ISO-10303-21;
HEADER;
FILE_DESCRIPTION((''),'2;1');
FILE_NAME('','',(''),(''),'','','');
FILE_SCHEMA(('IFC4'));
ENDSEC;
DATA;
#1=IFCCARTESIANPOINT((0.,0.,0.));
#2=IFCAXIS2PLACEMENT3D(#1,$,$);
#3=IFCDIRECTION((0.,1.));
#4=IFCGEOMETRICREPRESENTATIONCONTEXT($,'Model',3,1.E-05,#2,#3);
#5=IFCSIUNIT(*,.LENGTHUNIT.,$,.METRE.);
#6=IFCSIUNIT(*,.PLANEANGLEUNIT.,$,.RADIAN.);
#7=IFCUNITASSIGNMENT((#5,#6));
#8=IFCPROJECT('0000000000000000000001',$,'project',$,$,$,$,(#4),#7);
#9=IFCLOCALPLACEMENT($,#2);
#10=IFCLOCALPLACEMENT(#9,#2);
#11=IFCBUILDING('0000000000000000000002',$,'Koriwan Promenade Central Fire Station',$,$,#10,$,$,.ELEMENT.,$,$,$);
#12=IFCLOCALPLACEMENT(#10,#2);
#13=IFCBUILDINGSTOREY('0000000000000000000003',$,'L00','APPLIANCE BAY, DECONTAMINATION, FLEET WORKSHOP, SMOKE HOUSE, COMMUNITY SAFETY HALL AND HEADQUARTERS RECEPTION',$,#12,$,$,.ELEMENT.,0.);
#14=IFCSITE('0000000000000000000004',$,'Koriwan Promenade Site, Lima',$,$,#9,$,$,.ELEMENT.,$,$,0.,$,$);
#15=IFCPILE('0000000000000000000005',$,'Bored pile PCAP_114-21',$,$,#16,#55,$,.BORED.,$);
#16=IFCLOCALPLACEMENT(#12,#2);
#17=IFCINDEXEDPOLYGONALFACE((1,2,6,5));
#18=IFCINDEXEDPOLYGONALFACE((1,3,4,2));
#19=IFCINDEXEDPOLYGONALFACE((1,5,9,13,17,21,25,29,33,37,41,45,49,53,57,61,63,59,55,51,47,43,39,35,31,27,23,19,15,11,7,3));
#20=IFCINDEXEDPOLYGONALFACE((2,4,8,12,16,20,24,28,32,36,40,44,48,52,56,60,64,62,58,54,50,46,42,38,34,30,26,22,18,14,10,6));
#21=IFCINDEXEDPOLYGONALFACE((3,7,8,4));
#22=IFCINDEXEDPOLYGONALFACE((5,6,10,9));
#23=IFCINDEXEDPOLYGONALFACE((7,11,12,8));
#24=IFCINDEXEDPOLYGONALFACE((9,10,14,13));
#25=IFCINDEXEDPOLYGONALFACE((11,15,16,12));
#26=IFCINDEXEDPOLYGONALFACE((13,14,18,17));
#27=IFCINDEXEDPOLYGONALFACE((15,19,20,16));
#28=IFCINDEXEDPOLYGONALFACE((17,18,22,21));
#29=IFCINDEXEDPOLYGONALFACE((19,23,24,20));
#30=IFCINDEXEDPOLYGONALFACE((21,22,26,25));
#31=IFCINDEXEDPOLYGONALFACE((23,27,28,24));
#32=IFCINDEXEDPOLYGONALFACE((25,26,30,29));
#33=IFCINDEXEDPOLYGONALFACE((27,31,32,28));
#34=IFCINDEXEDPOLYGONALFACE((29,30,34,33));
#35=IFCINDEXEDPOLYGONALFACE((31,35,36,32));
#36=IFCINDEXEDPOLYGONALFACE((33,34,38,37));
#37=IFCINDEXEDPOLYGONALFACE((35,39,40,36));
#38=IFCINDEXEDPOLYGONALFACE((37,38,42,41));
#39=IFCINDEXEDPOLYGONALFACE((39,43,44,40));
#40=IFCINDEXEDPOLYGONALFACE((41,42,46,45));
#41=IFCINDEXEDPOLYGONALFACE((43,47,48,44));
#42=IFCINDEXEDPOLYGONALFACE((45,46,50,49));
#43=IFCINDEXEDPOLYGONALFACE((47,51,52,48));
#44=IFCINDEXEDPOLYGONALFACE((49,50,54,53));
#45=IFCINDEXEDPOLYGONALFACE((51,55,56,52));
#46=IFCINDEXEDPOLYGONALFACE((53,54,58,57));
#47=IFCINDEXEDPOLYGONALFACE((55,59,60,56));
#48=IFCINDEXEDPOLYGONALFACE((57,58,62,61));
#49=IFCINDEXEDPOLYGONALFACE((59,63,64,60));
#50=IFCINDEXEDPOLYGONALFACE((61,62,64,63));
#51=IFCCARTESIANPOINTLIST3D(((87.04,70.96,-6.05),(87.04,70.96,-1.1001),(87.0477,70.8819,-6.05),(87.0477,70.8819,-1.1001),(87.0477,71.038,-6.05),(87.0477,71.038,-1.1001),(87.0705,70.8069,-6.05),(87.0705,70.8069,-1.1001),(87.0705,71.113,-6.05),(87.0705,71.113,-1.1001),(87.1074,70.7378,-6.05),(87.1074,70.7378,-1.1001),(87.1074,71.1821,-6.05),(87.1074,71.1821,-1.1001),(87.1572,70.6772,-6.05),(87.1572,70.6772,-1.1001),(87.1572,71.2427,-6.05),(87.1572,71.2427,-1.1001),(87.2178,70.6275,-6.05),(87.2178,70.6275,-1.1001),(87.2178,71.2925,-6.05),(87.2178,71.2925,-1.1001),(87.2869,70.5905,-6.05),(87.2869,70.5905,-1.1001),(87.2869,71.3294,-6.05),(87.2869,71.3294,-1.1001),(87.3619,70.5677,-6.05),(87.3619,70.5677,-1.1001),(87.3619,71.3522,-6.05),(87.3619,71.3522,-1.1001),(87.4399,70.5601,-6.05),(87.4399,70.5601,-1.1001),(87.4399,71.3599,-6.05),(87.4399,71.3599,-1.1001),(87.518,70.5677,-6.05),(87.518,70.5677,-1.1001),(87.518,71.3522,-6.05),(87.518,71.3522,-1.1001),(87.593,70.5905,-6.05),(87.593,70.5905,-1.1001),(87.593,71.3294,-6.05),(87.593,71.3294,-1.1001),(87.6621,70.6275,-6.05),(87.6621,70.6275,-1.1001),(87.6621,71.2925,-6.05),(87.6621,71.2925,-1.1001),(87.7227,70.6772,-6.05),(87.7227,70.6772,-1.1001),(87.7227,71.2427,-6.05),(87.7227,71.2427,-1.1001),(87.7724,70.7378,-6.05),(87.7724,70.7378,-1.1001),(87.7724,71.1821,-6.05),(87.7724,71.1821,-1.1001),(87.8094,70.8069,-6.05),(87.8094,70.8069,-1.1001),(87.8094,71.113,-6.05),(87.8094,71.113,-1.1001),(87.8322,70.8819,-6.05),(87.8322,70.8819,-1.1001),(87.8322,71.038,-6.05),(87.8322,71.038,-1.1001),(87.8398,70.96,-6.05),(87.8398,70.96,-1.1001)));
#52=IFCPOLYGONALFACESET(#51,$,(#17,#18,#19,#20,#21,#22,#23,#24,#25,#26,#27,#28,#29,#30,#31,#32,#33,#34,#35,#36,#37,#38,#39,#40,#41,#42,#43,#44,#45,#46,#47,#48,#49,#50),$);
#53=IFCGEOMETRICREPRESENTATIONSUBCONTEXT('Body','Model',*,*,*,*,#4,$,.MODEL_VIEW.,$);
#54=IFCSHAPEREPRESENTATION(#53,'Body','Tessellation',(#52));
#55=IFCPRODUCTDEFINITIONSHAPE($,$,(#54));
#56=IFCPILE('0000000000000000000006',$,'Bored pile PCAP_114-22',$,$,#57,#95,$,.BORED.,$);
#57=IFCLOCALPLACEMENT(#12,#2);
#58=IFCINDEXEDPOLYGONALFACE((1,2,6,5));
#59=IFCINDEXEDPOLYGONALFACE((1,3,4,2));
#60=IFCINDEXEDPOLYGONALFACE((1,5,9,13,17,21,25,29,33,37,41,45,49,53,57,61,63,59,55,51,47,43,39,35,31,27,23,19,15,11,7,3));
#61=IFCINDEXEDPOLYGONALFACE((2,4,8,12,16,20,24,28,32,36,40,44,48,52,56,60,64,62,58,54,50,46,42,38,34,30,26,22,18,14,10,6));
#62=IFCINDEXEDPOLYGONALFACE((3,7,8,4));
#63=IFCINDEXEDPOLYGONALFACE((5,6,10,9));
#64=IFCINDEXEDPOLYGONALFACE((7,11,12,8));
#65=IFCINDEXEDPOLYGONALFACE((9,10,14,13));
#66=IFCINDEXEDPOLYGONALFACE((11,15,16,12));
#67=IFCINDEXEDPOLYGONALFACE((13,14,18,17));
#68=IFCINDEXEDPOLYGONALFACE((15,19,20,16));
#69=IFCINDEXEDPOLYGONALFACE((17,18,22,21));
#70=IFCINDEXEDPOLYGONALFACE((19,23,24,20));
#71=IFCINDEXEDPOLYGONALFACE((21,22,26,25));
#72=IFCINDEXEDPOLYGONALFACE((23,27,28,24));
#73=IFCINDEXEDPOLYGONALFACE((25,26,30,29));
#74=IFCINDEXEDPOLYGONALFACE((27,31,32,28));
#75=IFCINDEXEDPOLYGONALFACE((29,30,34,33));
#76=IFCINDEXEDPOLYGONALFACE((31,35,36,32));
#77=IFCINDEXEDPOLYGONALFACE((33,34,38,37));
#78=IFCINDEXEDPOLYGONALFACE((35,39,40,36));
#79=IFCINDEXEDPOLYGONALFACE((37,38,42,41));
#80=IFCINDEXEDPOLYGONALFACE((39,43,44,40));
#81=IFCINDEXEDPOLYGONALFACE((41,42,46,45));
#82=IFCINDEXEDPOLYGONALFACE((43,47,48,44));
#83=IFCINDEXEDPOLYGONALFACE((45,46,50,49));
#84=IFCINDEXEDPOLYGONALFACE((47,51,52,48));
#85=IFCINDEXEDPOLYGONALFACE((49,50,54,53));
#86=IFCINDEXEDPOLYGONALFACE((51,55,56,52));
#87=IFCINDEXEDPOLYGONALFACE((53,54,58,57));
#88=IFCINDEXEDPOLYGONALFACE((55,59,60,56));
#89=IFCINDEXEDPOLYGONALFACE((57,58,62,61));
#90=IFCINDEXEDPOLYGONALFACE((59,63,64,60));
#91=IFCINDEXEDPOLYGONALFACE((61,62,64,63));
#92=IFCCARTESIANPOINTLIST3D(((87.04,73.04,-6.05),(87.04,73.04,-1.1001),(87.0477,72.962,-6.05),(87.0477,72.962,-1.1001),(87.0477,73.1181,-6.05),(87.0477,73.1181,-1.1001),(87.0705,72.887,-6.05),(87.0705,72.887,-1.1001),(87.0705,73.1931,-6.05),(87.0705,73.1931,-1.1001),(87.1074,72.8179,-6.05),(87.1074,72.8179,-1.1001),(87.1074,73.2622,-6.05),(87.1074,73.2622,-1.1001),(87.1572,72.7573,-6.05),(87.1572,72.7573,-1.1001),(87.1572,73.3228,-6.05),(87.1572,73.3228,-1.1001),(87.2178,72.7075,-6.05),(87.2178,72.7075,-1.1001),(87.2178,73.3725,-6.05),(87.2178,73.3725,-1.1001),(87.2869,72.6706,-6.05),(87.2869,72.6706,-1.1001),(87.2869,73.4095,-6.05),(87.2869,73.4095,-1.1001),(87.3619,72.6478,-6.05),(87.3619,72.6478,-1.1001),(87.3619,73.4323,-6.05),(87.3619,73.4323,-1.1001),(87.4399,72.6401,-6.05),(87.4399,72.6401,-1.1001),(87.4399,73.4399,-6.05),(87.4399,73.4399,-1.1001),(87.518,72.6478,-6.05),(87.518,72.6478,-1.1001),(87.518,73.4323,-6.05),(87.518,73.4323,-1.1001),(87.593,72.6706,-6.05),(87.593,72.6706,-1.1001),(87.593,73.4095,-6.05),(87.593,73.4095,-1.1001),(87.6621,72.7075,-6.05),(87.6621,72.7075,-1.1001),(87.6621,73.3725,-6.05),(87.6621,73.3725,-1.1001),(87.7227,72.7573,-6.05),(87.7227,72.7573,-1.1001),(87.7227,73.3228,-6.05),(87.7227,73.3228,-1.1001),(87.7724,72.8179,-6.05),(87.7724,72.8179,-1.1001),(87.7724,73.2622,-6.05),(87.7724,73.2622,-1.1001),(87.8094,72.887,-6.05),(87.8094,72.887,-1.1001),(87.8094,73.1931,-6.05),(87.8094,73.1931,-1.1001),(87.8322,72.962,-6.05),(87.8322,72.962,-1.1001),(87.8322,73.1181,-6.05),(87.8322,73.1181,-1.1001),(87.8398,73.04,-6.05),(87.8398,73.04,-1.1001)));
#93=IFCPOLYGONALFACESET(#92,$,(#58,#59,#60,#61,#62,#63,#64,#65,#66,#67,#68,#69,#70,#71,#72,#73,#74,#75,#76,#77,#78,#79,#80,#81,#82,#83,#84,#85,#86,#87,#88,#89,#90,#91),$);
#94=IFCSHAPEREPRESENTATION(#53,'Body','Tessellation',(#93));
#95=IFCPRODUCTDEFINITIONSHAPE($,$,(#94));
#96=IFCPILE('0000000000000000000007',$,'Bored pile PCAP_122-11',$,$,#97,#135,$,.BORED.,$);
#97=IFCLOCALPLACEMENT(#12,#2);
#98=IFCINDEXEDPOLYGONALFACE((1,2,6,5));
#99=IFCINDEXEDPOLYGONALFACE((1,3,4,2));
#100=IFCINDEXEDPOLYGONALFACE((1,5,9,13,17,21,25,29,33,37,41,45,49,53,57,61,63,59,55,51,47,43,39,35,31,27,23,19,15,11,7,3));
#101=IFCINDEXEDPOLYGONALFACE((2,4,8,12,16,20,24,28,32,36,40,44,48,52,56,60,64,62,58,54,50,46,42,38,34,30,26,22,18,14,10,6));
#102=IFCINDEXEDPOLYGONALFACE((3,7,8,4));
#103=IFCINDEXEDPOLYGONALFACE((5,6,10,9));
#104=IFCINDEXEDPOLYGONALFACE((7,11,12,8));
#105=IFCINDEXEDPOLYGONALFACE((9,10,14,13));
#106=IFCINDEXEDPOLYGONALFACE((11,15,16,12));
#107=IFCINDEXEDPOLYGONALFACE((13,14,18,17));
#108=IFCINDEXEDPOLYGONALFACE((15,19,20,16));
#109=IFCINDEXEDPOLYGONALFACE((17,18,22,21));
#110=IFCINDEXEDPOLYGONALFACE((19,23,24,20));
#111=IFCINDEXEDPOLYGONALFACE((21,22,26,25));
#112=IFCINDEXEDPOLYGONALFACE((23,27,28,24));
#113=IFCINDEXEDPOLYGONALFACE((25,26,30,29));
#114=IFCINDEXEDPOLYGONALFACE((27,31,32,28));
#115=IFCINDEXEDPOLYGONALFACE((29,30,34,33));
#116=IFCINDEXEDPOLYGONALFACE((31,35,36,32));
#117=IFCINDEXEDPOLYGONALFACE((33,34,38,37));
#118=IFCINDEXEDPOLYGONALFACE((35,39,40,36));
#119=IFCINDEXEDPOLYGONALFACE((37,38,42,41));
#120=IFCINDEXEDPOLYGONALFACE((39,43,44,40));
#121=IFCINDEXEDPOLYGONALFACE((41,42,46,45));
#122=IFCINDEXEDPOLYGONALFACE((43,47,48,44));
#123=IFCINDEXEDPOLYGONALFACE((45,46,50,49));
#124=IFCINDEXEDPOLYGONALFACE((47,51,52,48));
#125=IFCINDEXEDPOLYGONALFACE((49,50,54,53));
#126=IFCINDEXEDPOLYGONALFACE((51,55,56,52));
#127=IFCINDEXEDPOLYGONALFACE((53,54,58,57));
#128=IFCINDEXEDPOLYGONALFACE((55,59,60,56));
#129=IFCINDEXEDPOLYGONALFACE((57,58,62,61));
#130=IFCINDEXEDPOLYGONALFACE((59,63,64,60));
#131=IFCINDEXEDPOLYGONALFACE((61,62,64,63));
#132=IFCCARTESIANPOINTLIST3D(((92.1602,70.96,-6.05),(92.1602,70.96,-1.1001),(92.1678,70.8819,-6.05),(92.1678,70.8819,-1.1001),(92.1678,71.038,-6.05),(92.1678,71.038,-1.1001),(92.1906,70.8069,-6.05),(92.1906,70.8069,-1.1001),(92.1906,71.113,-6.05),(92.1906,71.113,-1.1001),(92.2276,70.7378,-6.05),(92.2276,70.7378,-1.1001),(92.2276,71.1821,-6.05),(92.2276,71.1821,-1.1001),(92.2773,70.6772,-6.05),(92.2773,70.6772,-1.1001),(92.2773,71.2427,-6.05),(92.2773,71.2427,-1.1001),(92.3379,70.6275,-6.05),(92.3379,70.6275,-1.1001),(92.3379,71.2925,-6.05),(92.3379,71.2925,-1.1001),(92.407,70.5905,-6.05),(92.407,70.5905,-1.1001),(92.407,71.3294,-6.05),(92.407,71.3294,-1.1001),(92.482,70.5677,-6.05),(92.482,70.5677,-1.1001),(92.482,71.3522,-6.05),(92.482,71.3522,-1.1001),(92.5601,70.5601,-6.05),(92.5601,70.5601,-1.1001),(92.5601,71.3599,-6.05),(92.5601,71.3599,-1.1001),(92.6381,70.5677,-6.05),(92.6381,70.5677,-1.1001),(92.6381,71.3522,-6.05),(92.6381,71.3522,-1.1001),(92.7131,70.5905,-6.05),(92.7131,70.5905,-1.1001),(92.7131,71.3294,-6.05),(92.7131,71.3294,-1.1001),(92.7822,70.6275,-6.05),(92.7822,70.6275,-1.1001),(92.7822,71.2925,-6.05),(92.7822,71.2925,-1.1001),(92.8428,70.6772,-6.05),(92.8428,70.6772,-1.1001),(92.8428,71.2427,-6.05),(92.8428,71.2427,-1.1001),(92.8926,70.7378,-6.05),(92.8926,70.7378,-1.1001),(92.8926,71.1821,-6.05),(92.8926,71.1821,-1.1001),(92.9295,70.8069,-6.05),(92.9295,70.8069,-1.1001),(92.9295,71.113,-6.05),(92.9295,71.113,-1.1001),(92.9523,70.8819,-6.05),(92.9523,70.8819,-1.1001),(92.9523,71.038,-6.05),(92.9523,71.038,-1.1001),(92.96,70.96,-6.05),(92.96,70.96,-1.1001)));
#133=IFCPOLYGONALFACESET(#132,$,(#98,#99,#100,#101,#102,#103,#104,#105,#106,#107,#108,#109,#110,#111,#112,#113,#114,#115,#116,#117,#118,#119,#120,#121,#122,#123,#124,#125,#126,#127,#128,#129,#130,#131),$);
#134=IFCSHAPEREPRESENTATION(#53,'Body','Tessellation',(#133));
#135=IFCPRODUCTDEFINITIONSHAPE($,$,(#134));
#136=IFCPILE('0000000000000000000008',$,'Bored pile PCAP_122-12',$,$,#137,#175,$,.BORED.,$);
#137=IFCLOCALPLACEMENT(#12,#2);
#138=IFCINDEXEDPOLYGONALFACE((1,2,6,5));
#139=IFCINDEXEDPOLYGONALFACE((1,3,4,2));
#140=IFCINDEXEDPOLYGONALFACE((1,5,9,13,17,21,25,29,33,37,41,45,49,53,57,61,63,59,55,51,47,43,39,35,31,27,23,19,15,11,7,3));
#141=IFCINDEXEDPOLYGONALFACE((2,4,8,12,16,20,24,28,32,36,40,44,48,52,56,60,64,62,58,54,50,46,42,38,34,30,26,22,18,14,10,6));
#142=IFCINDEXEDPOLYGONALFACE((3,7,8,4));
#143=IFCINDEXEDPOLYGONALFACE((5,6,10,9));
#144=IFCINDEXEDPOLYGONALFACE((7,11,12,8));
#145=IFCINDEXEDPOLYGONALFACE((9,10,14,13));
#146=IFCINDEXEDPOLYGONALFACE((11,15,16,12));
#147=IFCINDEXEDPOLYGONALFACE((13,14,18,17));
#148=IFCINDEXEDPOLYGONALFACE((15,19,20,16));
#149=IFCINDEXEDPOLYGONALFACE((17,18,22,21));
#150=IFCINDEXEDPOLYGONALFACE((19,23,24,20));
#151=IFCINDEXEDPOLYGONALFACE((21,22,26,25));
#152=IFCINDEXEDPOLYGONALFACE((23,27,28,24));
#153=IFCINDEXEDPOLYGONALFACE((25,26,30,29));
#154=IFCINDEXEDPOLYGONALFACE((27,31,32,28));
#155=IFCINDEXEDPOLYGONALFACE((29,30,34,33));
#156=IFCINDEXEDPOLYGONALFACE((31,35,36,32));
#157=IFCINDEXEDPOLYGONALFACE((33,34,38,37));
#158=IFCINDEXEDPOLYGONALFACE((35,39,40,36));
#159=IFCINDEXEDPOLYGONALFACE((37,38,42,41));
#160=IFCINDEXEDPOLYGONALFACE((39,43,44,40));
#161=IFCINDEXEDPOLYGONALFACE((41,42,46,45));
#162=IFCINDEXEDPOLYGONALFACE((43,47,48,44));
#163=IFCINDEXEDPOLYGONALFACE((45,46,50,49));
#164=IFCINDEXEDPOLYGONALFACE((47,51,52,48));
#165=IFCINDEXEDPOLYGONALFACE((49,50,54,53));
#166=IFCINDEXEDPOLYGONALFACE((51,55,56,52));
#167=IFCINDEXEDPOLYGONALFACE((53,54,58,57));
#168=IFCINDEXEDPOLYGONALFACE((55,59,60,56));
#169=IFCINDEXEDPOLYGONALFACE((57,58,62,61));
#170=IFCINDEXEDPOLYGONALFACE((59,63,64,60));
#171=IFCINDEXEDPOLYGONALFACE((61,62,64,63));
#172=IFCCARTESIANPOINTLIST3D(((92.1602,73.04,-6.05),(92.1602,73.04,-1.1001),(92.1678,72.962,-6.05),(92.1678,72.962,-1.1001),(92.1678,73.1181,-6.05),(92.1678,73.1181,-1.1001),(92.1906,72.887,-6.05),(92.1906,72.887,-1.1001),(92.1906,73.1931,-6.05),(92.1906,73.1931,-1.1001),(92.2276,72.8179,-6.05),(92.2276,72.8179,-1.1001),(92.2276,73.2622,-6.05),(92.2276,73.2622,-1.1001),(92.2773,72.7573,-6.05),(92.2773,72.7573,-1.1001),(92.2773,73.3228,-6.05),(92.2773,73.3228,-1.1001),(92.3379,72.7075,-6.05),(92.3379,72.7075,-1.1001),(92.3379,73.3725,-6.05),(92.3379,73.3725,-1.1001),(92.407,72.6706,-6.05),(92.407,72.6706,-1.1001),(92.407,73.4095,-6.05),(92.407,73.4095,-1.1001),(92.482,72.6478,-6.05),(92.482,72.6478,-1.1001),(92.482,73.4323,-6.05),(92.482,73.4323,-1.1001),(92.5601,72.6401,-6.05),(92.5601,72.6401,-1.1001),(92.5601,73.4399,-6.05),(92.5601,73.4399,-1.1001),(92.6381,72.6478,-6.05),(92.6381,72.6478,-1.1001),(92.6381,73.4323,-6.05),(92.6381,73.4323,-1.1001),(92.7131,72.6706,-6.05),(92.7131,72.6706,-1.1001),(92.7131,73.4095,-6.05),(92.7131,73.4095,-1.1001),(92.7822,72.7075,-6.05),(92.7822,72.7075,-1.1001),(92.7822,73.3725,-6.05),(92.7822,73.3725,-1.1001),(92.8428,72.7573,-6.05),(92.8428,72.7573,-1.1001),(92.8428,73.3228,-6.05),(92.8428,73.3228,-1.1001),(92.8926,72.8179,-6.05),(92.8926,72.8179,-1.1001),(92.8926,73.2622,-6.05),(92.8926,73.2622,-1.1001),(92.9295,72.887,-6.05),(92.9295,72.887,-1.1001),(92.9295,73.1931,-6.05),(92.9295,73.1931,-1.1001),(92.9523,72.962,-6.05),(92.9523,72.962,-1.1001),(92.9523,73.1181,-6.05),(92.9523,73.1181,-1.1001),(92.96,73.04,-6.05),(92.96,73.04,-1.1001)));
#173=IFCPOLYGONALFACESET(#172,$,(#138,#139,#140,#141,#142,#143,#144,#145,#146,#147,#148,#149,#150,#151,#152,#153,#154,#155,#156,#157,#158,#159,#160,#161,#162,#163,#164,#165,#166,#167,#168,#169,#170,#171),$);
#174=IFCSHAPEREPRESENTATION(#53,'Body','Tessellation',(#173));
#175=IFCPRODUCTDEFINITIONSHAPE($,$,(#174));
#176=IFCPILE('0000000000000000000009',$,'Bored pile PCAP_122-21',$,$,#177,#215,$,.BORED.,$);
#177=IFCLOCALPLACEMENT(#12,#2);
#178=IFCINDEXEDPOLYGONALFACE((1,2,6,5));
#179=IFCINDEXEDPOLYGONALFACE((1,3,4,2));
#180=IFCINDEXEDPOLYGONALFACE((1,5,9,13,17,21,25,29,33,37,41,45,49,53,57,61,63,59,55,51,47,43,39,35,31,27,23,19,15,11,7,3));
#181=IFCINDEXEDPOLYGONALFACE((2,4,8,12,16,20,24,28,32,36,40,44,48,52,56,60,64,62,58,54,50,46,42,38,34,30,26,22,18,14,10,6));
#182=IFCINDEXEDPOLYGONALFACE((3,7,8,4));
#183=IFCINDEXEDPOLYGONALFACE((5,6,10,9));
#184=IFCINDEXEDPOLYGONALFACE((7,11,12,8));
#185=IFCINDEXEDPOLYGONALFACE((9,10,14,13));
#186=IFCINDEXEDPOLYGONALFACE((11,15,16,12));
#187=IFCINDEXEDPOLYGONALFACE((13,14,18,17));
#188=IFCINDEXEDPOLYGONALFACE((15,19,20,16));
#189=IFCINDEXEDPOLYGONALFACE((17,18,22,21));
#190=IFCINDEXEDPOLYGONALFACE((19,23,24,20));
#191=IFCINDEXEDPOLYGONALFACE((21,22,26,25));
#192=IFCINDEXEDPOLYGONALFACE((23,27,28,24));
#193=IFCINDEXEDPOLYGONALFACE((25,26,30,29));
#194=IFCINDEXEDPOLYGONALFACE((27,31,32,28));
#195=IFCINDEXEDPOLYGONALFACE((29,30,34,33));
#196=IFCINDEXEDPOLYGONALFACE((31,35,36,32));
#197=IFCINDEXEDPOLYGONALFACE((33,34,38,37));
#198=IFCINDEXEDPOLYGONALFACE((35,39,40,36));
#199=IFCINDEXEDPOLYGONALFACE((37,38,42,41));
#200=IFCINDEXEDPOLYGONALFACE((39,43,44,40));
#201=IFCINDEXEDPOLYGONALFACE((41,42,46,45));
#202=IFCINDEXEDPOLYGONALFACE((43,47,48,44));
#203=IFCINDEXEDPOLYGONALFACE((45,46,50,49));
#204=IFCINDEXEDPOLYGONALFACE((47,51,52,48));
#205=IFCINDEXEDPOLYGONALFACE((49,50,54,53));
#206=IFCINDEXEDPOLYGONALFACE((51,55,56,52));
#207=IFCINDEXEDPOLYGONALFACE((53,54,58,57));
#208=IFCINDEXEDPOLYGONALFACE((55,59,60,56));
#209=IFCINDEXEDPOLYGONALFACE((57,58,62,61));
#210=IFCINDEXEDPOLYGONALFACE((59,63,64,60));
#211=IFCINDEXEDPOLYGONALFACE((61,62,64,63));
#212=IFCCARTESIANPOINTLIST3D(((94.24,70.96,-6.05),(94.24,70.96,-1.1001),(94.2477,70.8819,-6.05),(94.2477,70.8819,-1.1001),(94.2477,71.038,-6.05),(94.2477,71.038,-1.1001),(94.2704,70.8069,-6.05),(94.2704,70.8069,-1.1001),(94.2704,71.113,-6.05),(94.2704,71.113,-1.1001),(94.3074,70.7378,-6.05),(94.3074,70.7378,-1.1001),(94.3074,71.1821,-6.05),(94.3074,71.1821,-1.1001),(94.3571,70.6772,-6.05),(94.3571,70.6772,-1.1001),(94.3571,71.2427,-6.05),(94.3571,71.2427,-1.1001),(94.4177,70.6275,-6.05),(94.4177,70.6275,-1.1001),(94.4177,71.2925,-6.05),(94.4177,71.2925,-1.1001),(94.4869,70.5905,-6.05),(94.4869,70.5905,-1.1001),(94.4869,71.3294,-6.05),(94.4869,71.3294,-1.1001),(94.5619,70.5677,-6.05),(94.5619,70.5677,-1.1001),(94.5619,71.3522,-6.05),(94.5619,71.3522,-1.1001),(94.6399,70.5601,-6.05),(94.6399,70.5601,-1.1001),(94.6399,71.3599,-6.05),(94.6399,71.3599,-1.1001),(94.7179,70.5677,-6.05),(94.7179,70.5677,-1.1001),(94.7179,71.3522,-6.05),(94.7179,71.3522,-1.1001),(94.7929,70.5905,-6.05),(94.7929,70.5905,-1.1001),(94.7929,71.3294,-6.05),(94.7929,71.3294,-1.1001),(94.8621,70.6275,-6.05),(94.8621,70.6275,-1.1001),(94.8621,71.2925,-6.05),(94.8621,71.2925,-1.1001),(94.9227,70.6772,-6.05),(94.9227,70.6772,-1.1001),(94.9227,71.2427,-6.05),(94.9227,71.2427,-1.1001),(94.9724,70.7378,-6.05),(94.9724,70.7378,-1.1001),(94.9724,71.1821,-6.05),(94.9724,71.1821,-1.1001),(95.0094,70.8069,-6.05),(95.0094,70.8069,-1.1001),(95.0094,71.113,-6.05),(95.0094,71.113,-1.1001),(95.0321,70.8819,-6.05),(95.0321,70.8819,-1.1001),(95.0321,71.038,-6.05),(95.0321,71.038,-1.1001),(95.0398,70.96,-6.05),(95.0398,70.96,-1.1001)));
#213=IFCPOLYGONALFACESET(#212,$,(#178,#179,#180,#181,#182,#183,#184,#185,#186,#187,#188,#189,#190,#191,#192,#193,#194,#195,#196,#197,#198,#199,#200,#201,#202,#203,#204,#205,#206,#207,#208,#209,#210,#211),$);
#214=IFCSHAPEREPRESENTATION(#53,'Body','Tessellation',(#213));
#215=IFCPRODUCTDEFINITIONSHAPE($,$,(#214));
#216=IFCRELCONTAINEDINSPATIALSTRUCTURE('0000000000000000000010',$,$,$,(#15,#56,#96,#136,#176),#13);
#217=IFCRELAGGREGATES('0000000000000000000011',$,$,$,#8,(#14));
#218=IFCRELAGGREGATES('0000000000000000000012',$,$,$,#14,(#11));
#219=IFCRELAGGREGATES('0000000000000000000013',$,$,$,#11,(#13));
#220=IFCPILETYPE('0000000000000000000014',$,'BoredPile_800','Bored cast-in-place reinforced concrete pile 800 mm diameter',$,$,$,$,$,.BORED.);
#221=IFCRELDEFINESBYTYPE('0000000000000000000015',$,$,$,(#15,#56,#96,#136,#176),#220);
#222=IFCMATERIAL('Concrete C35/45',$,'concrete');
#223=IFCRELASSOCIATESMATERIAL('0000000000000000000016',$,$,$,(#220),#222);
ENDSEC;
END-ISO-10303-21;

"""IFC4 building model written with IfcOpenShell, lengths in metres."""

from ifc_helpers import new_model, si_unit, direction, frame, origin, origin_2d, place, context, subcontext, project, spatial, circle, extrude, material, material_profile, profile_set, type_object, element, save


model = new_model("IFC4")

# Units and contexts
model_context = context("Model", 3, precision=1e-05, world=origin(), true_north=direction((0.0, 1.0)))
body_context = subcontext(model_context, "Body", "Model", "MODEL_VIEW")
ifc_project = project(units=[si_unit("LENGTHUNIT", "METRE"), si_unit("PLANEANGLEUNIT", "RADIAN")], contexts=[model_context])

# Site, building, storey
site_placement = place(None, origin())
site = spatial("IfcSite", under=ifc_project, at=site_placement, Name="Koriwan Promenade Site, Lima", CompositionType="ELEMENT", RefElevation=0.0)
building_placement = place(site_placement, origin())
building = spatial("IfcBuilding", under=site, at=building_placement, Name="Koriwan Promenade Central Fire Station", CompositionType="ELEMENT")
storey_placement = place(building_placement, origin())
storey = spatial("IfcBuildingStorey", under=building, at=storey_placement, Name="L00", Description="APPLIANCE BAY, DECONTAMINATION, FLEET WORKSHOP, SMOKE HOUSE, COMMUNITY SAFETY HALL AND HEADQUARTERS RECEPTION", CompositionType="ELEMENT", Elevation=0.0)

# Piles
ifc_material_1 = material(Name="Concrete C35/45", Category="concrete")
ifc_material_profile_1 = material_profile(ifc_material_1, circle(Radius=0.3999, at=origin_2d()), Name="PILE-D800")
ifc_profile_set_1 = profile_set([ifc_material_profile_1], Name="Concrete C35/45")
pile_type = type_object("IfcPileType", Name="BoredPile_800", Description="Bored cast-in-place reinforced concrete pile 800 mm diameter", PredefinedType="BORED", material=ifc_profile_set_1)
for number, where, z_axis, x_axis, name in (
    (1, (87.4399, 70.96, -1.1001), (0.0, 0.0, -1.0), (1.0, 0.0, 0.0), "Bored pile PCAP_114-21"),
    (2, (87.4399, 73.04, -1.1001), (0.0, 0.0, -1.0), (1.0, 0.0, 0.0), "Bored pile PCAP_114-22"),
    (3, (92.5601, 70.96, -1.1001), (0.0, 0.0, -1.0), (1.0, 0.0, 0.0), "Bored pile PCAP_122-11"),
    (4, (92.5601, 73.04, -1.1001), (0.0, 0.0, -1.0), (1.0, 0.0, 0.0), "Bored pile PCAP_122-12"),
    (5, (94.6399, 70.96, -1.1001), (0.0, 0.0, -1.0), (1.0, 0.0, 0.0), "Bored pile PCAP_122-21"),
):
    element("IfcPile", number, at=place(storey_placement, frame(where, z_axis=z_axis, x_axis=x_axis)), inside=storey, type_object=pile_type, Name=name, PredefinedType="BORED", context=body_context, shape_type="SweptSolid", body=[
        extrude(circle(Radius=0.3999, at=origin_2d()), origin(), (0.0, 0.0, 1.0), 4.95),
    ])

save(model, "model.ifc")
